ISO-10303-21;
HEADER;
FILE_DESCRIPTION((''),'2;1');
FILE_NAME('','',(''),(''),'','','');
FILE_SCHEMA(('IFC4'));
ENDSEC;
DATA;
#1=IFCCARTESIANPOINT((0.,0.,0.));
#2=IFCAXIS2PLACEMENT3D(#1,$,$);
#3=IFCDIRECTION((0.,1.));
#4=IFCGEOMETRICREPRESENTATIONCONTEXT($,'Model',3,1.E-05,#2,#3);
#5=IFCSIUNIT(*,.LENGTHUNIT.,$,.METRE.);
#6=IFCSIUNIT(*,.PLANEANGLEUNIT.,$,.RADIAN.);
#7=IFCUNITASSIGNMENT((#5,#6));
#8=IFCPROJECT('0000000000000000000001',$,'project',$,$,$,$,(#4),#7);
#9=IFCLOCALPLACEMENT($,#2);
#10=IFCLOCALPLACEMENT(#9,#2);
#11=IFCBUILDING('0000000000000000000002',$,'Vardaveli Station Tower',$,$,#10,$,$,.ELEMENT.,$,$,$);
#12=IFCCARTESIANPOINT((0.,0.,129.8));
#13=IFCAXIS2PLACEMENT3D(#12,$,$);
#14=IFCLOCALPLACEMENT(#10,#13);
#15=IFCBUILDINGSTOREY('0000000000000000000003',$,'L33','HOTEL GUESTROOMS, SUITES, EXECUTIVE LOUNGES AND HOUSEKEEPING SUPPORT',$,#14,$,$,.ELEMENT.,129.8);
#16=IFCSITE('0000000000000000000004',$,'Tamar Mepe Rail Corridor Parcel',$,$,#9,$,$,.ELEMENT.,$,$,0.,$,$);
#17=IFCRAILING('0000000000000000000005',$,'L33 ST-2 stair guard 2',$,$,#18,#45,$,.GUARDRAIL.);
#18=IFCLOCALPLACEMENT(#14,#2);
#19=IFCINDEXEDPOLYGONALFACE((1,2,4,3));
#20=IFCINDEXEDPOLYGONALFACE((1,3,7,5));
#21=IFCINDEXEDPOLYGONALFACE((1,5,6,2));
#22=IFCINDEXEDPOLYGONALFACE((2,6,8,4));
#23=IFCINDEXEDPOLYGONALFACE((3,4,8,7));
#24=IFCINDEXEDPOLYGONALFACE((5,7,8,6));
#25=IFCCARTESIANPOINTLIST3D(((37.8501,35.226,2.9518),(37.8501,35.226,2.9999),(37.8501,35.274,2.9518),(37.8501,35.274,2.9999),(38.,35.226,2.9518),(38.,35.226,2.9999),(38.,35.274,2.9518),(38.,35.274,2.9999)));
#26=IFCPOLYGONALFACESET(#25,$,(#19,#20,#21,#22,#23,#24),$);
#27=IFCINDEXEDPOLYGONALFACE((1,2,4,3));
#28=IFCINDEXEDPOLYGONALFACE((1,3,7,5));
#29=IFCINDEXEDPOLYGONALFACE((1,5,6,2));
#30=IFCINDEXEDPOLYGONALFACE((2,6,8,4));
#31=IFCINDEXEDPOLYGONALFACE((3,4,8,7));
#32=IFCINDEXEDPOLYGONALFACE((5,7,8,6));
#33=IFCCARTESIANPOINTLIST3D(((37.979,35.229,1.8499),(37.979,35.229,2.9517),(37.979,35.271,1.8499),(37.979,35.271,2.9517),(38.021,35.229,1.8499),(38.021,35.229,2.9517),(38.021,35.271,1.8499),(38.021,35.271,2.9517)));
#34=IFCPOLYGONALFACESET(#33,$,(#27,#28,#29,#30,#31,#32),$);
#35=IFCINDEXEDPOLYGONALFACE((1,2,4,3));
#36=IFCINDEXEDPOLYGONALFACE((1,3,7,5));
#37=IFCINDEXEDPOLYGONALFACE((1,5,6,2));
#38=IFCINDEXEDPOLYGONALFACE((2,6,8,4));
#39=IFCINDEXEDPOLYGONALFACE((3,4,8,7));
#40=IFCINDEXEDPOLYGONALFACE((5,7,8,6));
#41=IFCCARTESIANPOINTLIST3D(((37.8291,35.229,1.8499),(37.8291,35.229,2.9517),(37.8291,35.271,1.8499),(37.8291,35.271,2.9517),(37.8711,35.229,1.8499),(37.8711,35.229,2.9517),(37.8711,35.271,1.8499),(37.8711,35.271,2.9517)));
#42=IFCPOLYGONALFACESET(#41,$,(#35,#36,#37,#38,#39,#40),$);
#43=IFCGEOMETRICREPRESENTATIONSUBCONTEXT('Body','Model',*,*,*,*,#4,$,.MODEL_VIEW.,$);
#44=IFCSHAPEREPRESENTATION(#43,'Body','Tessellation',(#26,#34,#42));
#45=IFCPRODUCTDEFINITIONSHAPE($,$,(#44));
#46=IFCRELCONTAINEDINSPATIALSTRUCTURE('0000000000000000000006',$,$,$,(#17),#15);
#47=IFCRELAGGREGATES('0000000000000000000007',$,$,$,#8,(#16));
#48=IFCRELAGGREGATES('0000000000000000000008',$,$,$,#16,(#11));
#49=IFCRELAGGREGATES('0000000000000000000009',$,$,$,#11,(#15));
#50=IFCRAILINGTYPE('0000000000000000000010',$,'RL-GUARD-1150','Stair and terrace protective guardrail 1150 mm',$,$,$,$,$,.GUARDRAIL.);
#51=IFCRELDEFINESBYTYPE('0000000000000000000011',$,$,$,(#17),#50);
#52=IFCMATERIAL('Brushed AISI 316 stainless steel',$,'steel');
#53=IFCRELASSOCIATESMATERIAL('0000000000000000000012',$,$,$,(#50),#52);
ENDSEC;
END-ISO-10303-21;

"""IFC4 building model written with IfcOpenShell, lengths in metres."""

from ifc_helpers import new_model, si_unit, direction, frame, origin, origin_2d, place, context, subcontext, project, spatial, rectangle, extrude, source, transform, mapped, material, type_object, element, save


model = new_model("IFC4")

# Units and contexts
model_context = context("Model", 3, precision=1e-05, world=origin(), true_north=direction((0.0, 1.0)))
body_context = subcontext(model_context, "Body", "Model", "MODEL_VIEW")
ifc_project = project(units=[si_unit("LENGTHUNIT", "METRE"), si_unit("PLANEANGLEUNIT", "RADIAN")], contexts=[model_context])

# Site, building, storey
site_placement = place(None, origin())
site = spatial("IfcSite", under=ifc_project, at=site_placement, Name="Tamar Mepe Rail Corridor Parcel", CompositionType="ELEMENT", RefElevation=0.0)
building_placement = place(site_placement, origin())
building = spatial("IfcBuilding", under=site, at=building_placement, Name="Vardaveli Station Tower", CompositionType="ELEMENT")
storey_placement = place(building_placement, frame((0.0, 0.0, 129.8)))
storey = spatial("IfcBuildingStorey", under=building, at=storey_placement, Name="L33", Description="HOTEL GUESTROOMS, SUITES, EXECUTIVE LOUNGES AND HOUSEKEEPING SUPPORT", CompositionType="ELEMENT", Elevation=129.8)

# Railing
ifc_material_1 = material(Name="Brushed AISI 316 stainless steel", Category="steel")
railing_type = type_object("IfcRailingType", Name="RL-GUARD-1150", Description="Stair and terrace protective guardrail 1150 mm", PredefinedType="GUARDRAIL", material=ifc_material_1)
shared_shape_1 = source(origin(), body_context, "Body", "SweptSolid", [
    extrude(rectangle(XDim=0.0481, YDim=0.0481, at=origin_2d()), frame((0.0, 0.0, 1.126), z_axis=(-1.0, 0.0, 0.0), x_axis=(0.0, -1.0, 0.0)), (0.0, 0.0, 1.0), 0.1499),
    extrude(rectangle(XDim=0.042, YDim=0.042, at=origin_2d()), origin(), (0.0, 0.0, 1.0), 1.1018),
    extrude(rectangle(XDim=0.042, YDim=0.042, at=origin_2d()), frame((-0.1499, 0.0, 0.0)), (0.0, 0.0, 1.0), 1.1018),
])
for number, where, name in (
    (1, (38.0, 35.25, 1.8499), "L33 ST-2 stair guard 2"),
):
    element("IfcRailing", number, at=place(storey_placement, frame(where)), inside=storey, type_object=railing_type, Name=name, PredefinedType="GUARDRAIL", context=body_context, shape_type="MappedRepresentation", body=[
        mapped(shared_shape_1, transform((0.0, 0.0, 0.0), scale=1.0)),
    ])

save(model, "model.ifc")
